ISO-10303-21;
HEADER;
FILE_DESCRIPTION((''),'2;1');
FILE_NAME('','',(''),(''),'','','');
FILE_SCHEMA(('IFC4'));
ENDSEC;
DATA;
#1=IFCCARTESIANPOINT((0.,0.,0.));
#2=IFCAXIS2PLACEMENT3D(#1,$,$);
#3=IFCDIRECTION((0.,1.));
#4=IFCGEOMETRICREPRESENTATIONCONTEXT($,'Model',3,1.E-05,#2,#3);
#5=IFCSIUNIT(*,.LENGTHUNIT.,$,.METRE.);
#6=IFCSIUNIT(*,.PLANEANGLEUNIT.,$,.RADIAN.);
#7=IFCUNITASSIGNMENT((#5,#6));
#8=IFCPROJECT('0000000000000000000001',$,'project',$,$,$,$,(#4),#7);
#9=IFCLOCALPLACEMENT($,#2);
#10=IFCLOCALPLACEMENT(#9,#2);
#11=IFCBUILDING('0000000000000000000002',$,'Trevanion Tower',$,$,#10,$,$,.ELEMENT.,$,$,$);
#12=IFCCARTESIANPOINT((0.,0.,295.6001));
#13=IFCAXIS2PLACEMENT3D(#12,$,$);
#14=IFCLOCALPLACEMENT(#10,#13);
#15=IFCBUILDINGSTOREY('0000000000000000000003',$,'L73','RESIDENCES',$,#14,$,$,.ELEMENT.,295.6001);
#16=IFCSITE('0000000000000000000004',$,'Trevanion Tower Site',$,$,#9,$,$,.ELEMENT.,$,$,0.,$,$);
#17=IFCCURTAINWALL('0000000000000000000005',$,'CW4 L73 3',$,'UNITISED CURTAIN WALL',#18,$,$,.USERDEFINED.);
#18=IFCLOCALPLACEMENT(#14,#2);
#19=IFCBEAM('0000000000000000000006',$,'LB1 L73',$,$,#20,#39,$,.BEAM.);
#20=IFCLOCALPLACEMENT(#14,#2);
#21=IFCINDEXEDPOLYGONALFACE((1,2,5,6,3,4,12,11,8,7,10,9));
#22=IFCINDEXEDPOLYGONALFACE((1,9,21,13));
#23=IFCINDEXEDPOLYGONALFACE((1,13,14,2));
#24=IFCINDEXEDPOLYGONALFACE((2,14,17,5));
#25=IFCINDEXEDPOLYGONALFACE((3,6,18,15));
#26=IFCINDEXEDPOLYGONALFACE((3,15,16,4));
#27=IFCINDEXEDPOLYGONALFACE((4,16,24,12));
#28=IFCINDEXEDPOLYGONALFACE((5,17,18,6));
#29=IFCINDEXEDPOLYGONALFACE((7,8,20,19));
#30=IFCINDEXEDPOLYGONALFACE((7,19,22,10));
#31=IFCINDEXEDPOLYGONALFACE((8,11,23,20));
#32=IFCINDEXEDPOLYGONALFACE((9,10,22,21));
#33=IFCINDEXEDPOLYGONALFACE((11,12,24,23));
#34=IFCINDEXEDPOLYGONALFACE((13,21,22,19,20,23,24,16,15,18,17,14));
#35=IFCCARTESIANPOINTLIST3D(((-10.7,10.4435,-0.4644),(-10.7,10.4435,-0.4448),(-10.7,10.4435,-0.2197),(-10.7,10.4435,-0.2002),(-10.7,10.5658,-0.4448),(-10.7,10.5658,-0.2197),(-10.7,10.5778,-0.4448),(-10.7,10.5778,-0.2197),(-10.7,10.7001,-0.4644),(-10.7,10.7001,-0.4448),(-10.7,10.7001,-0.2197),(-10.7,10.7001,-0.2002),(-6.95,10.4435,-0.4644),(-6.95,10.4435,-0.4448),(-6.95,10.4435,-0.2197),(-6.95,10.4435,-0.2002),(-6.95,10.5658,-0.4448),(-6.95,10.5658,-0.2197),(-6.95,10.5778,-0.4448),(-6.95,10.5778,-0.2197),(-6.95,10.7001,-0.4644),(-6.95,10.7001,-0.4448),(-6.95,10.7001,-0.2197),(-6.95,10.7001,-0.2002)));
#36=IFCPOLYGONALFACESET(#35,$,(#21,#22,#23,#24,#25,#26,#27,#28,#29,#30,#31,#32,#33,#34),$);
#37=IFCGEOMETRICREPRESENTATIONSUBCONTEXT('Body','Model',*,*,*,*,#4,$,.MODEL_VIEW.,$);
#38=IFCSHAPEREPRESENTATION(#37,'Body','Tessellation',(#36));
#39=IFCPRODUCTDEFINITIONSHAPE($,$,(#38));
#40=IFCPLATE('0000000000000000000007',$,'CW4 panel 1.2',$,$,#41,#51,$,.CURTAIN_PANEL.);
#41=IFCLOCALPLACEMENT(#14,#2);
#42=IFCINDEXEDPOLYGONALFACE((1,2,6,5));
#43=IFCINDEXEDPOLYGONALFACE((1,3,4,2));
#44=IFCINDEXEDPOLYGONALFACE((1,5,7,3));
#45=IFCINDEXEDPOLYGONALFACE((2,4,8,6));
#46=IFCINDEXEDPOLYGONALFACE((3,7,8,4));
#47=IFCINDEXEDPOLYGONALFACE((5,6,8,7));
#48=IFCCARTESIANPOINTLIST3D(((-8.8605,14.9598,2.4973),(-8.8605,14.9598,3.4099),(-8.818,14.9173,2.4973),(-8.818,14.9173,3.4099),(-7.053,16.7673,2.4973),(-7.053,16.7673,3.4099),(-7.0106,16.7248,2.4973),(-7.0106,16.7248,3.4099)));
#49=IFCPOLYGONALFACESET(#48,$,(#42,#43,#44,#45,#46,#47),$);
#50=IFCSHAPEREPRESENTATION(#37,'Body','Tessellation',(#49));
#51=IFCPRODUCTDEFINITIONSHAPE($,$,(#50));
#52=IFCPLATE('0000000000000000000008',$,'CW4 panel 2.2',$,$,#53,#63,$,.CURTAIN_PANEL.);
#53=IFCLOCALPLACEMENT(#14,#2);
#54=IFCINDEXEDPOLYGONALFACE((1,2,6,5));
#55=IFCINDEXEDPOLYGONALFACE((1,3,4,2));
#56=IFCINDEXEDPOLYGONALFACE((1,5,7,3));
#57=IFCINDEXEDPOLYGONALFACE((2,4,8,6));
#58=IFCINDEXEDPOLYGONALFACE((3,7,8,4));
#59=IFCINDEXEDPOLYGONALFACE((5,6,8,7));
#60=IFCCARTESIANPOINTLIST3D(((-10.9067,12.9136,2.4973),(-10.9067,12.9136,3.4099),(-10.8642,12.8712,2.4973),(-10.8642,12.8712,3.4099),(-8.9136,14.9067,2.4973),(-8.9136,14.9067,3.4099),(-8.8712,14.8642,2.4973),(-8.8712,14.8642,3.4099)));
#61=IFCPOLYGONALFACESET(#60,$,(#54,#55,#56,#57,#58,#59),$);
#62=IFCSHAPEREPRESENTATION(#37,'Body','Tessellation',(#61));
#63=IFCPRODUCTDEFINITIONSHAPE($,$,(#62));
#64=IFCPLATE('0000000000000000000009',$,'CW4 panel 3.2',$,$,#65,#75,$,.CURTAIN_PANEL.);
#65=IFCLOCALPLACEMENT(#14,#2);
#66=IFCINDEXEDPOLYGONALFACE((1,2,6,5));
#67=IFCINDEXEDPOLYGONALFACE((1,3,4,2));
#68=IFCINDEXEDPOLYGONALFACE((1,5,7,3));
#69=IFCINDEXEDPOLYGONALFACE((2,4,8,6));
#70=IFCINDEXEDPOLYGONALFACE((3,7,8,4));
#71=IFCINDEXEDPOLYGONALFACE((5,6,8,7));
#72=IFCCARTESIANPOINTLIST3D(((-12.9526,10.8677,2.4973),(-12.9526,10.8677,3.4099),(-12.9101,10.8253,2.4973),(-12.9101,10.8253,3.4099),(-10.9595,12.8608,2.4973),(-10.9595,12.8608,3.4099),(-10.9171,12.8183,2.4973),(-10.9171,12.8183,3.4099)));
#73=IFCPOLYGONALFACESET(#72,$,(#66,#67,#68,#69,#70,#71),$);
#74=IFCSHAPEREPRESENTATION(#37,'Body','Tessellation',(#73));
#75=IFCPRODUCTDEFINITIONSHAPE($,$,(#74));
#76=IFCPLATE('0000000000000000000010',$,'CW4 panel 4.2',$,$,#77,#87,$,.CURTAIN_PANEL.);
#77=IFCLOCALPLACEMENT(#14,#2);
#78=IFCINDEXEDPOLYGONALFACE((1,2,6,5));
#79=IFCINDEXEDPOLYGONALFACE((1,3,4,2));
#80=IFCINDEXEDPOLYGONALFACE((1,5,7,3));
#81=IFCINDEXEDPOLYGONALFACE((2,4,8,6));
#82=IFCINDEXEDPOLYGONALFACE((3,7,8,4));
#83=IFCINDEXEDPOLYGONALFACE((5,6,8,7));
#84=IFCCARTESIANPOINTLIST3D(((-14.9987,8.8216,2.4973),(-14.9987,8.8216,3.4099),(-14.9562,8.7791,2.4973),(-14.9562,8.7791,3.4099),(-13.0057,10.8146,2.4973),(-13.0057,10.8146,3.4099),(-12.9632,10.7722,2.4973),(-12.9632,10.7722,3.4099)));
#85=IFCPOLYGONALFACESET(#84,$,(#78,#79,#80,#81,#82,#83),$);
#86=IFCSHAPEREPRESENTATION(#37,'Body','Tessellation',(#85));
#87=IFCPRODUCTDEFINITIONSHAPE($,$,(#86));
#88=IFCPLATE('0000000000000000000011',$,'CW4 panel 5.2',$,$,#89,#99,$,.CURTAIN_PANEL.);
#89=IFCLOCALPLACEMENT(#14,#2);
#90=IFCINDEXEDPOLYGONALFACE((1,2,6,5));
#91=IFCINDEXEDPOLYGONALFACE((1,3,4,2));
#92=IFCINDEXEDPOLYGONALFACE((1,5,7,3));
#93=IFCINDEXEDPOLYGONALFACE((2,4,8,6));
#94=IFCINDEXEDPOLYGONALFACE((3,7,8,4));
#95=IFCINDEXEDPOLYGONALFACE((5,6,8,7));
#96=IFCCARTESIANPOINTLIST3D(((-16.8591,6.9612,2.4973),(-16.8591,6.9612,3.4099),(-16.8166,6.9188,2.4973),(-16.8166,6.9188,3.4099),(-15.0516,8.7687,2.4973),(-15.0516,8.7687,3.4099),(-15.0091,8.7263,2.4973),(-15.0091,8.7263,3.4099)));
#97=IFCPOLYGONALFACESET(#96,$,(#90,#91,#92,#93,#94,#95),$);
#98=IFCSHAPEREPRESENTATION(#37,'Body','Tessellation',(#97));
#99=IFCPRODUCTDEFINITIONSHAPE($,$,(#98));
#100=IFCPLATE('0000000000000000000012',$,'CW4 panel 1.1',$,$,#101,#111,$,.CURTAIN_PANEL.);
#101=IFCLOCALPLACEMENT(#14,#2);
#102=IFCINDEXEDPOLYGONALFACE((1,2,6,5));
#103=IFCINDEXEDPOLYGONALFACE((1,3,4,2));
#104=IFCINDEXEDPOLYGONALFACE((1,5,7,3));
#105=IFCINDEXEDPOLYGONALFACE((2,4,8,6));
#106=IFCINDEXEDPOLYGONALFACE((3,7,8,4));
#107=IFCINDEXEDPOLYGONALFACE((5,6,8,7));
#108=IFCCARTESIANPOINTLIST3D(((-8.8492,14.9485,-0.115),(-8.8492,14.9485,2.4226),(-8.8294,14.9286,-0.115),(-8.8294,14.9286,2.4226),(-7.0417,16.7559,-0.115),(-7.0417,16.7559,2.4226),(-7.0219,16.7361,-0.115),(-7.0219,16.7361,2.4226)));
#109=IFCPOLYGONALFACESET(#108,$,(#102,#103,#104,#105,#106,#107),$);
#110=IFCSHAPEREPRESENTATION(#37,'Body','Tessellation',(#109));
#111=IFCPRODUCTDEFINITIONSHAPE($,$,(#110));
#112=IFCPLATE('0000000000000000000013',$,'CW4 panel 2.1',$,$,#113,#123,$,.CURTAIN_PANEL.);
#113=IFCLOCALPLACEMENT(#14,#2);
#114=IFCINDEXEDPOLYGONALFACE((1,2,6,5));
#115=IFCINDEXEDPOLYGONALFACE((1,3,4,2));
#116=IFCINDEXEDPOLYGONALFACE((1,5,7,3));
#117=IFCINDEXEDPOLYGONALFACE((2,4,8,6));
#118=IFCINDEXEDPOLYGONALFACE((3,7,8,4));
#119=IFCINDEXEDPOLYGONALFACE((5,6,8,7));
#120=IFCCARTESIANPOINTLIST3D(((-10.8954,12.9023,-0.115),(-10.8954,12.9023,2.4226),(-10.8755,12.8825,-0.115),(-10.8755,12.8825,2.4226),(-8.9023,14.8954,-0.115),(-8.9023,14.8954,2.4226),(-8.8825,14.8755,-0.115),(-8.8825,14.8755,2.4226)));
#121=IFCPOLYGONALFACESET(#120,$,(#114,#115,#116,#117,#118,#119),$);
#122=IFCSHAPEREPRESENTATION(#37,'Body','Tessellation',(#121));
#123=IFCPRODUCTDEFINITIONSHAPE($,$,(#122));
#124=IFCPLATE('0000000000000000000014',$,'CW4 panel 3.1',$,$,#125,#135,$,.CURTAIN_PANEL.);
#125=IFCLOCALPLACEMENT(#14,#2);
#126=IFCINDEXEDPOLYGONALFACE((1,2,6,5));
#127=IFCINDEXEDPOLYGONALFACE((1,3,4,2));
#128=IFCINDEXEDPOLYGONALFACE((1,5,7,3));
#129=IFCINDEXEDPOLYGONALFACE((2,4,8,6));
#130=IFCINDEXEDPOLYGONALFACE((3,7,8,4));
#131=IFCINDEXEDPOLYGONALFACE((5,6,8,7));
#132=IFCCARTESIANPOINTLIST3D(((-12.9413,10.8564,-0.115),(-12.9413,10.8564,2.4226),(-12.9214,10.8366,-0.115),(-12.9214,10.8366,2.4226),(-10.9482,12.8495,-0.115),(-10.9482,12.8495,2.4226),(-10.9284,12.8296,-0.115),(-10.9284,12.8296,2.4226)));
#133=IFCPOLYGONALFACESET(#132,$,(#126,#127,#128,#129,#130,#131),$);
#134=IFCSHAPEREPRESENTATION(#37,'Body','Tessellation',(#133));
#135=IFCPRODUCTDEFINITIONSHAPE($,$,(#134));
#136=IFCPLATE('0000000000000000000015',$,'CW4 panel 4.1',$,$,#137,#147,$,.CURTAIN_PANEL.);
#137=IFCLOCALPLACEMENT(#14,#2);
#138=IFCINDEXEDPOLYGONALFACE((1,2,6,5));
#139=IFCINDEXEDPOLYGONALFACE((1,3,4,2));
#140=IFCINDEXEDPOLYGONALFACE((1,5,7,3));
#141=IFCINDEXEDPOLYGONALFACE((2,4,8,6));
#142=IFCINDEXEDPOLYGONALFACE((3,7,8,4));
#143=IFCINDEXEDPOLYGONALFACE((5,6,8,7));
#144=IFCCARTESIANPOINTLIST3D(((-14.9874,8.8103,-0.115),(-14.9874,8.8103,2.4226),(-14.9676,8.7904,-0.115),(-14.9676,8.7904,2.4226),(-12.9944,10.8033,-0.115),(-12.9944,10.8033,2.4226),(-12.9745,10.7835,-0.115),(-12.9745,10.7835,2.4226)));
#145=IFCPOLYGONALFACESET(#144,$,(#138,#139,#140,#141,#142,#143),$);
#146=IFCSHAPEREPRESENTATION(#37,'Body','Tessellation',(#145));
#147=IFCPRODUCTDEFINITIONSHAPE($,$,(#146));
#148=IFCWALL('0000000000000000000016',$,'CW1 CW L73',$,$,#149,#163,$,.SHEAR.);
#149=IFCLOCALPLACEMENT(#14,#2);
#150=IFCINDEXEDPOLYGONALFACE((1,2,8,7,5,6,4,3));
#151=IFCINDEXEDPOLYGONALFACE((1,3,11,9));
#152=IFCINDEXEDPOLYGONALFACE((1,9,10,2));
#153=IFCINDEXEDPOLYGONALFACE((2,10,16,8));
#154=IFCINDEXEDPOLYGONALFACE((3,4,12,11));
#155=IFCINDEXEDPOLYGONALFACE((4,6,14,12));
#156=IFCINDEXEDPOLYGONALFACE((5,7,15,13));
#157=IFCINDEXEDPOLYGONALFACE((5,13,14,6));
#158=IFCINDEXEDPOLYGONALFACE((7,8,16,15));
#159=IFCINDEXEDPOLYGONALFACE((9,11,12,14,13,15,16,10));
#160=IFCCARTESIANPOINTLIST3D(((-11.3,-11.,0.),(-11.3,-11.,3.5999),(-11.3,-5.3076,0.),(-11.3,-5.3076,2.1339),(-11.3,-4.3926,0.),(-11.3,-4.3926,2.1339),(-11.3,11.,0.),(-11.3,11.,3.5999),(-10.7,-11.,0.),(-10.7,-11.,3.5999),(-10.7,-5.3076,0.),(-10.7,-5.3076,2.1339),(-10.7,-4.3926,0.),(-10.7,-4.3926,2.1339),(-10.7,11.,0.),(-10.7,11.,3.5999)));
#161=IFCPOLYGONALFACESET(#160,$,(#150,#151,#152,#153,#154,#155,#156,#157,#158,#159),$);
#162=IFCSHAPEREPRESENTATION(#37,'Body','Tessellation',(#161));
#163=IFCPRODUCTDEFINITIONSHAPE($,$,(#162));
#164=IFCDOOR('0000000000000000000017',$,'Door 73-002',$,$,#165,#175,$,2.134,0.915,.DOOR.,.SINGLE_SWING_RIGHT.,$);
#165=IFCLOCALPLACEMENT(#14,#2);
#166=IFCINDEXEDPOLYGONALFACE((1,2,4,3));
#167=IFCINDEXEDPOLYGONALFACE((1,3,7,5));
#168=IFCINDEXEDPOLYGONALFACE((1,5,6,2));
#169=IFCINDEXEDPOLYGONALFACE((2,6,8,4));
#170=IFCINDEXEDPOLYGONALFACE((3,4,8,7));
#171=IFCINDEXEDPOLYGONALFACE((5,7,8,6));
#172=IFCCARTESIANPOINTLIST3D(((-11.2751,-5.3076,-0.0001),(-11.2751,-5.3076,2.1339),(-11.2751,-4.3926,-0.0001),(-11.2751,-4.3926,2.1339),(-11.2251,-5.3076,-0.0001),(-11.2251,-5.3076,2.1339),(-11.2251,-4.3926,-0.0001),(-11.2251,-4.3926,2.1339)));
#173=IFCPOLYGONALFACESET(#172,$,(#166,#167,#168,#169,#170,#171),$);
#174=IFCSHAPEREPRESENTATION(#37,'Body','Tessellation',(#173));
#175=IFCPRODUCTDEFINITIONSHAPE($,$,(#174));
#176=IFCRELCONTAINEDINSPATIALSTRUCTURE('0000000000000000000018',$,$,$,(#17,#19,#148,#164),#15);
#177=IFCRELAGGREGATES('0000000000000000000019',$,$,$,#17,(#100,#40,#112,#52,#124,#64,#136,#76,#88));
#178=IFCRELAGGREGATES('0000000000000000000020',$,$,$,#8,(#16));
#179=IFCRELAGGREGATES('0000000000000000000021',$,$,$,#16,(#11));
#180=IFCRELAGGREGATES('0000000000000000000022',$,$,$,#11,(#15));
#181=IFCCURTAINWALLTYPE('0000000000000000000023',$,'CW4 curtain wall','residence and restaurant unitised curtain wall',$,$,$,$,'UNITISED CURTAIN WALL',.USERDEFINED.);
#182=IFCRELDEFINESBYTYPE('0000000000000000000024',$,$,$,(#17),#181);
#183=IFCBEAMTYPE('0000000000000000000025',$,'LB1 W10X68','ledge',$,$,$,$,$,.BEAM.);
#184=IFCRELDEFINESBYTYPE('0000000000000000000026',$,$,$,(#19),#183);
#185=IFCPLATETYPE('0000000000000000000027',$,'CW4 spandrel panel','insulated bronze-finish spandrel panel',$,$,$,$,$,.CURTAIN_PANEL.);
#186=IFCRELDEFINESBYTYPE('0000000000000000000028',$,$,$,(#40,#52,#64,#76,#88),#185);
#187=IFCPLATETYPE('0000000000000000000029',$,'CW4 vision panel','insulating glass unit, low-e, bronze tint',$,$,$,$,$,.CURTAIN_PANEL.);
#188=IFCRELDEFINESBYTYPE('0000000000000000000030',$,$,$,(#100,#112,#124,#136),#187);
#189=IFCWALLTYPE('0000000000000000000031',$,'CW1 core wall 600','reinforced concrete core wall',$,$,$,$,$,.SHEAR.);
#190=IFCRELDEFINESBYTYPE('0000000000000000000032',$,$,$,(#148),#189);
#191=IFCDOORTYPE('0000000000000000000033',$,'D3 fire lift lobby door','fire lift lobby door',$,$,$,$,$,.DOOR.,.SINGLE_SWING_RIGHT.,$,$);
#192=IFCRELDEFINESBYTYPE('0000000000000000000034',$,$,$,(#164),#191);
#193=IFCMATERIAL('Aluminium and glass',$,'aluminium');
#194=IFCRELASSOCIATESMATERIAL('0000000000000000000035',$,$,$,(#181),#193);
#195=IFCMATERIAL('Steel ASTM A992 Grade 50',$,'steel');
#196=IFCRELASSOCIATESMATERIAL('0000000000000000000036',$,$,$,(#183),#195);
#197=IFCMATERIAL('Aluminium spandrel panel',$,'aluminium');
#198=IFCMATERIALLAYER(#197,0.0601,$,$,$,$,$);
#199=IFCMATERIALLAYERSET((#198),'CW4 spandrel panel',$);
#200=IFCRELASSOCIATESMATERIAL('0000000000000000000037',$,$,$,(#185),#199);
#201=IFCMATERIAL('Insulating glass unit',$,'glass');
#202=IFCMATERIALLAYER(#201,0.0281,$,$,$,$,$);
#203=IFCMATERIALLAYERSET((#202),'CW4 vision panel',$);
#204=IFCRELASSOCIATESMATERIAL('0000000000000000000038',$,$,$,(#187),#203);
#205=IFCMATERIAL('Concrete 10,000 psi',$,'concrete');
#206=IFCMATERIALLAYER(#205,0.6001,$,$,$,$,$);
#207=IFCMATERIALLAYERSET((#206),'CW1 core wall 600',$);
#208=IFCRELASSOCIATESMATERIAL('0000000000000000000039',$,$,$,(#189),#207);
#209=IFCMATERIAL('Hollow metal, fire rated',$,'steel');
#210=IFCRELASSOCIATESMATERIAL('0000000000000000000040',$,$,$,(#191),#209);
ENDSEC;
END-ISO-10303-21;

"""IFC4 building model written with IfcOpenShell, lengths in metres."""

from ifc_helpers import new_model, si_unit, direction, frame, frame_2d, origin, origin_2d, place, context, subcontext, project, spatial, rectangle, i_section, extrude, material, layer, layer_set, material_profile, profile_set, type_object, element, fill, aggregate, save


model = new_model("IFC4")

# Units and contexts
model_context = context("Model", 3, precision=1e-05, world=origin(), true_north=direction((0.0, 1.0)))
body_context = subcontext(model_context, "Body", "Model", "MODEL_VIEW")
ifc_project = project(units=[si_unit("LENGTHUNIT", "METRE"), si_unit("PLANEANGLEUNIT", "RADIAN")], contexts=[model_context])

# Site, building, storey
site_placement = place(None, origin())
site = spatial("IfcSite", under=ifc_project, at=site_placement, Name="Trevanion Tower Site", CompositionType="ELEMENT", RefElevation=0.0)
building_placement = place(site_placement, origin())
building = spatial("IfcBuilding", under=site, at=building_placement, Name="Trevanion Tower", CompositionType="ELEMENT")
storey_placement = place(building_placement, frame((0.0, 0.0, 295.6001)))
storey = spatial("IfcBuildingStorey", under=building, at=storey_placement, Name="L73", Description="RESIDENCES", CompositionType="ELEMENT", Elevation=295.6001)

# Curtain wall
ifc_material_1 = material(Name="Aluminium and glass", Category="aluminium")
curtain_wall_type = type_object("IfcCurtainWallType", Name="CW4 curtain wall", Description="residence and restaurant unitised curtain wall", ElementType="UNITISED CURTAIN WALL", PredefinedType="USERDEFINED", material=ifc_material_1)
curtain_wall_placement = place(storey_placement, origin())
curtain_wall = element("IfcCurtainWall", 1, at=curtain_wall_placement, inside=storey, type_object=curtain_wall_type, Name="CW4 L73 3", ObjectType="UNITISED CURTAIN WALL", PredefinedType="USERDEFINED")

# Beam
ifc_material_2 = material(Name="Steel ASTM A992 Grade 50", Category="steel")
ifc_material_profile_1 = material_profile(ifc_material_2, i_section(OverallWidth=0.2566, OverallDepth=0.2642, WebThickness=0.012, FlangeThickness=0.0195, at=origin_2d()), Name="W10X68")
ifc_profile_set_1 = profile_set([ifc_material_profile_1], Name="Steel ASTM A992 Grade 50")
beam_type = type_object("IfcBeamType", Name="LB1 W10X68", Description="ledge", PredefinedType="BEAM", material=ifc_profile_set_1)
beam_placement = place(storey_placement, frame((-10.7, 10.5718, -0.3323), z_axis=(1.0, 0.0, 0.0), x_axis=(0.0, 1.0, 0.0)))
element("IfcBeam", 2, at=beam_placement, inside=storey, type_object=beam_type, Name="LB1 L73", PredefinedType="BEAM", context=body_context, shape_type="SweptSolid", body=[
    extrude(i_section(OverallWidth=0.2566, OverallDepth=0.2642, WebThickness=0.012, FlangeThickness=0.0195, at=origin_2d()), origin(), (0.0, 0.0, 1.0), 3.75),
])

# Plates
ifc_material_3 = material(Name="Aluminium spandrel panel", Category="aluminium")
ifc_layer_1 = layer(ifc_material_3, 0.0601)
ifc_layer_set_1 = layer_set([ifc_layer_1], Name="CW4 spandrel panel")
plate_type_1 = type_object("IfcPlateType", Name="CW4 spandrel panel", Description="insulated bronze-finish spandrel panel", PredefinedType="CURTAIN_PANEL", material=ifc_layer_set_1)
plate_1_placement = place(storey_placement, frame((-7.9355, 15.8423, 2.4973), z_axis=(0.0, 0.0, 1.0), x_axis=(-0.707107, -0.707107, 0.0)))
plate_1 = element("IfcPlate", 3, at=plate_1_placement, type_object=plate_type_1, Name="CW4 panel 1.2", PredefinedType="CURTAIN_PANEL", context=body_context, shape_type="SweptSolid", body=[
    extrude(rectangle(XDim=2.5562, YDim=0.0601, at=origin_2d()), origin(), (0.0, 0.0, 1.0), 0.9126),
])
plate_2_placement = place(storey_placement, frame((-9.8889, 13.8889, 2.4973), z_axis=(0.0, 0.0, 1.0), x_axis=(-0.707107, -0.707107, 0.0)))
plate_2 = element("IfcPlate", 4, at=plate_2_placement, type_object=plate_type_1, Name="CW4 panel 2.2", PredefinedType="CURTAIN_PANEL", context=body_context, shape_type="SweptSolid", body=[
    extrude(rectangle(XDim=2.8186, YDim=0.0601, at=origin_2d()), origin(), (0.0, 0.0, 1.0), 0.9126),
])
plate_3_placement = place(storey_placement, frame((-11.9348, 11.843, 2.4973), z_axis=(0.0, 0.0, 1.0), x_axis=(-0.707107, -0.707107, 0.0)))
plate_3 = element("IfcPlate", 5, at=plate_3_placement, type_object=plate_type_1, Name="CW4 panel 3.2", PredefinedType="CURTAIN_PANEL", context=body_context, shape_type="SweptSolid", body=[
    extrude(rectangle(XDim=2.8186, YDim=0.0601, at=origin_2d()), origin(), (0.0, 0.0, 1.0), 0.9126),
])
plate_4_placement = place(storey_placement, frame((-13.981, 9.7969, 2.4973), z_axis=(0.0, 0.0, 1.0), x_axis=(-0.707107, -0.707107, 0.0)))
plate_4 = element("IfcPlate", 6, at=plate_4_placement, type_object=plate_type_1, Name="CW4 panel 4.2", PredefinedType="CURTAIN_PANEL", context=body_context, shape_type="SweptSolid", body=[
    extrude(rectangle(XDim=2.8186, YDim=0.0601, at=origin_2d()), origin(), (0.0, 0.0, 1.0), 0.9126),
])
plate_5_placement = place(storey_placement, frame((-15.9341, 7.8438, 2.4973), z_axis=(0.0, 0.0, 1.0), x_axis=(-0.707107, -0.707107, 0.0)))
plate_5 = element("IfcPlate", 7, at=plate_5_placement, type_object=plate_type_1, Name="CW4 panel 5.2", PredefinedType="CURTAIN_PANEL", context=body_context, shape_type="SweptSolid", body=[
    extrude(rectangle(XDim=2.5562, YDim=0.0601, at=origin_2d()), origin(), (0.0, 0.0, 1.0), 0.9126),
])
ifc_material_4 = material(Name="Insulating glass unit", Category="glass")
ifc_layer_2 = layer(ifc_material_4, 0.0281)
ifc_layer_set_2 = layer_set([ifc_layer_2], Name="CW4 vision panel")
plate_type_2 = type_object("IfcPlateType", Name="CW4 vision panel", Description="insulating glass unit, low-e, bronze tint", PredefinedType="CURTAIN_PANEL", material=ifc_layer_set_2)
plate_6_placement = place(storey_placement, frame((-7.9355, 15.8423, -0.115), z_axis=(0.0, 0.0, 1.0), x_axis=(-0.707107, -0.707107, 0.0)))
plate_6 = element("IfcPlate", 8, at=plate_6_placement, type_object=plate_type_2, Name="CW4 panel 1.1", PredefinedType="CURTAIN_PANEL", context=body_context, shape_type="SweptSolid", body=[
    extrude(rectangle(XDim=2.5562, YDim=0.0281, at=origin_2d()), origin(), (0.0, 0.0, 1.0), 2.5376),
])
plate_7_placement = place(storey_placement, frame((-9.8889, 13.8889, -0.115), z_axis=(0.0, 0.0, 1.0), x_axis=(-0.707107, -0.707107, 0.0)))
plate_7 = element("IfcPlate", 9, at=plate_7_placement, type_object=plate_type_2, Name="CW4 panel 2.1", PredefinedType="CURTAIN_PANEL", context=body_context, shape_type="SweptSolid", body=[
    extrude(rectangle(XDim=2.8186, YDim=0.0281, at=origin_2d()), origin(), (0.0, 0.0, 1.0), 2.5376),
])
plate_8_placement = place(storey_placement, frame((-11.9348, 11.843, -0.115), z_axis=(0.0, 0.0, 1.0), x_axis=(-0.707107, -0.707107, 0.0)))
plate_8 = element("IfcPlate", 10, at=plate_8_placement, type_object=plate_type_2, Name="CW4 panel 3.1", PredefinedType="CURTAIN_PANEL", context=body_context, shape_type="SweptSolid", body=[
    extrude(rectangle(XDim=2.8186, YDim=0.0281, at=origin_2d()), origin(), (0.0, 0.0, 1.0), 2.5376),
])
plate_9_placement = place(storey_placement, frame((-13.981, 9.7969, -0.115), z_axis=(0.0, 0.0, 1.0), x_axis=(-0.707107, -0.707107, 0.0)))
plate_9 = element("IfcPlate", 11, at=plate_9_placement, type_object=plate_type_2, Name="CW4 panel 4.1", PredefinedType="CURTAIN_PANEL", context=body_context, shape_type="SweptSolid", body=[
    extrude(rectangle(XDim=2.8186, YDim=0.0281, at=origin_2d()), origin(), (0.0, 0.0, 1.0), 2.5376),
])
aggregate(curtain_wall, [plate_6, plate_1, plate_7, plate_2, plate_8, plate_3, plate_9, plate_4, plate_5])

# Wall, opening, door
ifc_material_5 = material(Name="Concrete 10,000 psi", Category="concrete")
ifc_layer_3 = layer(ifc_material_5, 0.6001)
ifc_layer_set_3 = layer_set([ifc_layer_3], Name="CW1 core wall 600")
wall_type_1 = type_object("IfcWallType", Name="CW1 core wall 600", Description="reinforced concrete core wall", PredefinedType="SHEAR", material=ifc_layer_set_3)
wall_1_placement = place(storey_placement, frame((-11.0, 11.0, 0.0), z_axis=(0.0, 0.0, 1.0), x_axis=(0.0, -1.0, 0.0)))
wall_1 = element("IfcWall", 12, at=wall_1_placement, inside=storey, type_object=wall_type_1, Name="CW1 CW L73", PredefinedType="SHEAR", context=body_context, shape_type="SweptSolid", body=[
    extrude(rectangle(XDim=22.0, YDim=0.6001, at=frame_2d((11.0, 0.0))), origin(), (0.0, 0.0, 1.0), 3.5999),
])
opening_placement = place(wall_1_placement, frame((15.3926, 0.0, 0.0)))
opening = element("IfcOpeningElement", 13, at=opening_placement, cuts=wall_1, PredefinedType="OPENING", context=body_context, shape_type="SweptSolid", body=[
    extrude(rectangle(XDim=0.915, YDim=2.134, at=frame_2d((0.4575, 1.0669))), frame((0.0, 0.3101, 0.0), z_axis=(0.0, -1.0, 0.0), x_axis=(1.0, 0.0, 0.0)), (0.0, 0.0, 1.0), 0.6201),
])
ifc_material_6 = material(Name="Hollow metal, fire rated", Category="steel")
door_type = type_object("IfcDoorType", Name="D3 fire lift lobby door", Description="fire lift lobby door", OperationType="SINGLE_SWING_RIGHT", PredefinedType="DOOR", material=ifc_material_6)
door_placement = place(opening_placement, origin())
door = element("IfcDoor", 14, at=door_placement, inside=storey, type_object=door_type, Name="Door 73-002", OperationType="SINGLE_SWING_RIGHT", OverallHeight=2.134, OverallWidth=0.915, PredefinedType="DOOR", context=body_context, shape_type="SweptSolid", body=[
    extrude(rectangle(XDim=0.915, YDim=2.134, at=frame_2d((0.4575, 1.0669))), frame((0.0, -0.2251, 0.0), z_axis=(0.0, -1.0, 0.0), x_axis=(1.0, 0.0, 0.0)), (0.0, 0.0, 1.0), 0.05),
])
fill(opening, door)

save(model, "model.ifc")
